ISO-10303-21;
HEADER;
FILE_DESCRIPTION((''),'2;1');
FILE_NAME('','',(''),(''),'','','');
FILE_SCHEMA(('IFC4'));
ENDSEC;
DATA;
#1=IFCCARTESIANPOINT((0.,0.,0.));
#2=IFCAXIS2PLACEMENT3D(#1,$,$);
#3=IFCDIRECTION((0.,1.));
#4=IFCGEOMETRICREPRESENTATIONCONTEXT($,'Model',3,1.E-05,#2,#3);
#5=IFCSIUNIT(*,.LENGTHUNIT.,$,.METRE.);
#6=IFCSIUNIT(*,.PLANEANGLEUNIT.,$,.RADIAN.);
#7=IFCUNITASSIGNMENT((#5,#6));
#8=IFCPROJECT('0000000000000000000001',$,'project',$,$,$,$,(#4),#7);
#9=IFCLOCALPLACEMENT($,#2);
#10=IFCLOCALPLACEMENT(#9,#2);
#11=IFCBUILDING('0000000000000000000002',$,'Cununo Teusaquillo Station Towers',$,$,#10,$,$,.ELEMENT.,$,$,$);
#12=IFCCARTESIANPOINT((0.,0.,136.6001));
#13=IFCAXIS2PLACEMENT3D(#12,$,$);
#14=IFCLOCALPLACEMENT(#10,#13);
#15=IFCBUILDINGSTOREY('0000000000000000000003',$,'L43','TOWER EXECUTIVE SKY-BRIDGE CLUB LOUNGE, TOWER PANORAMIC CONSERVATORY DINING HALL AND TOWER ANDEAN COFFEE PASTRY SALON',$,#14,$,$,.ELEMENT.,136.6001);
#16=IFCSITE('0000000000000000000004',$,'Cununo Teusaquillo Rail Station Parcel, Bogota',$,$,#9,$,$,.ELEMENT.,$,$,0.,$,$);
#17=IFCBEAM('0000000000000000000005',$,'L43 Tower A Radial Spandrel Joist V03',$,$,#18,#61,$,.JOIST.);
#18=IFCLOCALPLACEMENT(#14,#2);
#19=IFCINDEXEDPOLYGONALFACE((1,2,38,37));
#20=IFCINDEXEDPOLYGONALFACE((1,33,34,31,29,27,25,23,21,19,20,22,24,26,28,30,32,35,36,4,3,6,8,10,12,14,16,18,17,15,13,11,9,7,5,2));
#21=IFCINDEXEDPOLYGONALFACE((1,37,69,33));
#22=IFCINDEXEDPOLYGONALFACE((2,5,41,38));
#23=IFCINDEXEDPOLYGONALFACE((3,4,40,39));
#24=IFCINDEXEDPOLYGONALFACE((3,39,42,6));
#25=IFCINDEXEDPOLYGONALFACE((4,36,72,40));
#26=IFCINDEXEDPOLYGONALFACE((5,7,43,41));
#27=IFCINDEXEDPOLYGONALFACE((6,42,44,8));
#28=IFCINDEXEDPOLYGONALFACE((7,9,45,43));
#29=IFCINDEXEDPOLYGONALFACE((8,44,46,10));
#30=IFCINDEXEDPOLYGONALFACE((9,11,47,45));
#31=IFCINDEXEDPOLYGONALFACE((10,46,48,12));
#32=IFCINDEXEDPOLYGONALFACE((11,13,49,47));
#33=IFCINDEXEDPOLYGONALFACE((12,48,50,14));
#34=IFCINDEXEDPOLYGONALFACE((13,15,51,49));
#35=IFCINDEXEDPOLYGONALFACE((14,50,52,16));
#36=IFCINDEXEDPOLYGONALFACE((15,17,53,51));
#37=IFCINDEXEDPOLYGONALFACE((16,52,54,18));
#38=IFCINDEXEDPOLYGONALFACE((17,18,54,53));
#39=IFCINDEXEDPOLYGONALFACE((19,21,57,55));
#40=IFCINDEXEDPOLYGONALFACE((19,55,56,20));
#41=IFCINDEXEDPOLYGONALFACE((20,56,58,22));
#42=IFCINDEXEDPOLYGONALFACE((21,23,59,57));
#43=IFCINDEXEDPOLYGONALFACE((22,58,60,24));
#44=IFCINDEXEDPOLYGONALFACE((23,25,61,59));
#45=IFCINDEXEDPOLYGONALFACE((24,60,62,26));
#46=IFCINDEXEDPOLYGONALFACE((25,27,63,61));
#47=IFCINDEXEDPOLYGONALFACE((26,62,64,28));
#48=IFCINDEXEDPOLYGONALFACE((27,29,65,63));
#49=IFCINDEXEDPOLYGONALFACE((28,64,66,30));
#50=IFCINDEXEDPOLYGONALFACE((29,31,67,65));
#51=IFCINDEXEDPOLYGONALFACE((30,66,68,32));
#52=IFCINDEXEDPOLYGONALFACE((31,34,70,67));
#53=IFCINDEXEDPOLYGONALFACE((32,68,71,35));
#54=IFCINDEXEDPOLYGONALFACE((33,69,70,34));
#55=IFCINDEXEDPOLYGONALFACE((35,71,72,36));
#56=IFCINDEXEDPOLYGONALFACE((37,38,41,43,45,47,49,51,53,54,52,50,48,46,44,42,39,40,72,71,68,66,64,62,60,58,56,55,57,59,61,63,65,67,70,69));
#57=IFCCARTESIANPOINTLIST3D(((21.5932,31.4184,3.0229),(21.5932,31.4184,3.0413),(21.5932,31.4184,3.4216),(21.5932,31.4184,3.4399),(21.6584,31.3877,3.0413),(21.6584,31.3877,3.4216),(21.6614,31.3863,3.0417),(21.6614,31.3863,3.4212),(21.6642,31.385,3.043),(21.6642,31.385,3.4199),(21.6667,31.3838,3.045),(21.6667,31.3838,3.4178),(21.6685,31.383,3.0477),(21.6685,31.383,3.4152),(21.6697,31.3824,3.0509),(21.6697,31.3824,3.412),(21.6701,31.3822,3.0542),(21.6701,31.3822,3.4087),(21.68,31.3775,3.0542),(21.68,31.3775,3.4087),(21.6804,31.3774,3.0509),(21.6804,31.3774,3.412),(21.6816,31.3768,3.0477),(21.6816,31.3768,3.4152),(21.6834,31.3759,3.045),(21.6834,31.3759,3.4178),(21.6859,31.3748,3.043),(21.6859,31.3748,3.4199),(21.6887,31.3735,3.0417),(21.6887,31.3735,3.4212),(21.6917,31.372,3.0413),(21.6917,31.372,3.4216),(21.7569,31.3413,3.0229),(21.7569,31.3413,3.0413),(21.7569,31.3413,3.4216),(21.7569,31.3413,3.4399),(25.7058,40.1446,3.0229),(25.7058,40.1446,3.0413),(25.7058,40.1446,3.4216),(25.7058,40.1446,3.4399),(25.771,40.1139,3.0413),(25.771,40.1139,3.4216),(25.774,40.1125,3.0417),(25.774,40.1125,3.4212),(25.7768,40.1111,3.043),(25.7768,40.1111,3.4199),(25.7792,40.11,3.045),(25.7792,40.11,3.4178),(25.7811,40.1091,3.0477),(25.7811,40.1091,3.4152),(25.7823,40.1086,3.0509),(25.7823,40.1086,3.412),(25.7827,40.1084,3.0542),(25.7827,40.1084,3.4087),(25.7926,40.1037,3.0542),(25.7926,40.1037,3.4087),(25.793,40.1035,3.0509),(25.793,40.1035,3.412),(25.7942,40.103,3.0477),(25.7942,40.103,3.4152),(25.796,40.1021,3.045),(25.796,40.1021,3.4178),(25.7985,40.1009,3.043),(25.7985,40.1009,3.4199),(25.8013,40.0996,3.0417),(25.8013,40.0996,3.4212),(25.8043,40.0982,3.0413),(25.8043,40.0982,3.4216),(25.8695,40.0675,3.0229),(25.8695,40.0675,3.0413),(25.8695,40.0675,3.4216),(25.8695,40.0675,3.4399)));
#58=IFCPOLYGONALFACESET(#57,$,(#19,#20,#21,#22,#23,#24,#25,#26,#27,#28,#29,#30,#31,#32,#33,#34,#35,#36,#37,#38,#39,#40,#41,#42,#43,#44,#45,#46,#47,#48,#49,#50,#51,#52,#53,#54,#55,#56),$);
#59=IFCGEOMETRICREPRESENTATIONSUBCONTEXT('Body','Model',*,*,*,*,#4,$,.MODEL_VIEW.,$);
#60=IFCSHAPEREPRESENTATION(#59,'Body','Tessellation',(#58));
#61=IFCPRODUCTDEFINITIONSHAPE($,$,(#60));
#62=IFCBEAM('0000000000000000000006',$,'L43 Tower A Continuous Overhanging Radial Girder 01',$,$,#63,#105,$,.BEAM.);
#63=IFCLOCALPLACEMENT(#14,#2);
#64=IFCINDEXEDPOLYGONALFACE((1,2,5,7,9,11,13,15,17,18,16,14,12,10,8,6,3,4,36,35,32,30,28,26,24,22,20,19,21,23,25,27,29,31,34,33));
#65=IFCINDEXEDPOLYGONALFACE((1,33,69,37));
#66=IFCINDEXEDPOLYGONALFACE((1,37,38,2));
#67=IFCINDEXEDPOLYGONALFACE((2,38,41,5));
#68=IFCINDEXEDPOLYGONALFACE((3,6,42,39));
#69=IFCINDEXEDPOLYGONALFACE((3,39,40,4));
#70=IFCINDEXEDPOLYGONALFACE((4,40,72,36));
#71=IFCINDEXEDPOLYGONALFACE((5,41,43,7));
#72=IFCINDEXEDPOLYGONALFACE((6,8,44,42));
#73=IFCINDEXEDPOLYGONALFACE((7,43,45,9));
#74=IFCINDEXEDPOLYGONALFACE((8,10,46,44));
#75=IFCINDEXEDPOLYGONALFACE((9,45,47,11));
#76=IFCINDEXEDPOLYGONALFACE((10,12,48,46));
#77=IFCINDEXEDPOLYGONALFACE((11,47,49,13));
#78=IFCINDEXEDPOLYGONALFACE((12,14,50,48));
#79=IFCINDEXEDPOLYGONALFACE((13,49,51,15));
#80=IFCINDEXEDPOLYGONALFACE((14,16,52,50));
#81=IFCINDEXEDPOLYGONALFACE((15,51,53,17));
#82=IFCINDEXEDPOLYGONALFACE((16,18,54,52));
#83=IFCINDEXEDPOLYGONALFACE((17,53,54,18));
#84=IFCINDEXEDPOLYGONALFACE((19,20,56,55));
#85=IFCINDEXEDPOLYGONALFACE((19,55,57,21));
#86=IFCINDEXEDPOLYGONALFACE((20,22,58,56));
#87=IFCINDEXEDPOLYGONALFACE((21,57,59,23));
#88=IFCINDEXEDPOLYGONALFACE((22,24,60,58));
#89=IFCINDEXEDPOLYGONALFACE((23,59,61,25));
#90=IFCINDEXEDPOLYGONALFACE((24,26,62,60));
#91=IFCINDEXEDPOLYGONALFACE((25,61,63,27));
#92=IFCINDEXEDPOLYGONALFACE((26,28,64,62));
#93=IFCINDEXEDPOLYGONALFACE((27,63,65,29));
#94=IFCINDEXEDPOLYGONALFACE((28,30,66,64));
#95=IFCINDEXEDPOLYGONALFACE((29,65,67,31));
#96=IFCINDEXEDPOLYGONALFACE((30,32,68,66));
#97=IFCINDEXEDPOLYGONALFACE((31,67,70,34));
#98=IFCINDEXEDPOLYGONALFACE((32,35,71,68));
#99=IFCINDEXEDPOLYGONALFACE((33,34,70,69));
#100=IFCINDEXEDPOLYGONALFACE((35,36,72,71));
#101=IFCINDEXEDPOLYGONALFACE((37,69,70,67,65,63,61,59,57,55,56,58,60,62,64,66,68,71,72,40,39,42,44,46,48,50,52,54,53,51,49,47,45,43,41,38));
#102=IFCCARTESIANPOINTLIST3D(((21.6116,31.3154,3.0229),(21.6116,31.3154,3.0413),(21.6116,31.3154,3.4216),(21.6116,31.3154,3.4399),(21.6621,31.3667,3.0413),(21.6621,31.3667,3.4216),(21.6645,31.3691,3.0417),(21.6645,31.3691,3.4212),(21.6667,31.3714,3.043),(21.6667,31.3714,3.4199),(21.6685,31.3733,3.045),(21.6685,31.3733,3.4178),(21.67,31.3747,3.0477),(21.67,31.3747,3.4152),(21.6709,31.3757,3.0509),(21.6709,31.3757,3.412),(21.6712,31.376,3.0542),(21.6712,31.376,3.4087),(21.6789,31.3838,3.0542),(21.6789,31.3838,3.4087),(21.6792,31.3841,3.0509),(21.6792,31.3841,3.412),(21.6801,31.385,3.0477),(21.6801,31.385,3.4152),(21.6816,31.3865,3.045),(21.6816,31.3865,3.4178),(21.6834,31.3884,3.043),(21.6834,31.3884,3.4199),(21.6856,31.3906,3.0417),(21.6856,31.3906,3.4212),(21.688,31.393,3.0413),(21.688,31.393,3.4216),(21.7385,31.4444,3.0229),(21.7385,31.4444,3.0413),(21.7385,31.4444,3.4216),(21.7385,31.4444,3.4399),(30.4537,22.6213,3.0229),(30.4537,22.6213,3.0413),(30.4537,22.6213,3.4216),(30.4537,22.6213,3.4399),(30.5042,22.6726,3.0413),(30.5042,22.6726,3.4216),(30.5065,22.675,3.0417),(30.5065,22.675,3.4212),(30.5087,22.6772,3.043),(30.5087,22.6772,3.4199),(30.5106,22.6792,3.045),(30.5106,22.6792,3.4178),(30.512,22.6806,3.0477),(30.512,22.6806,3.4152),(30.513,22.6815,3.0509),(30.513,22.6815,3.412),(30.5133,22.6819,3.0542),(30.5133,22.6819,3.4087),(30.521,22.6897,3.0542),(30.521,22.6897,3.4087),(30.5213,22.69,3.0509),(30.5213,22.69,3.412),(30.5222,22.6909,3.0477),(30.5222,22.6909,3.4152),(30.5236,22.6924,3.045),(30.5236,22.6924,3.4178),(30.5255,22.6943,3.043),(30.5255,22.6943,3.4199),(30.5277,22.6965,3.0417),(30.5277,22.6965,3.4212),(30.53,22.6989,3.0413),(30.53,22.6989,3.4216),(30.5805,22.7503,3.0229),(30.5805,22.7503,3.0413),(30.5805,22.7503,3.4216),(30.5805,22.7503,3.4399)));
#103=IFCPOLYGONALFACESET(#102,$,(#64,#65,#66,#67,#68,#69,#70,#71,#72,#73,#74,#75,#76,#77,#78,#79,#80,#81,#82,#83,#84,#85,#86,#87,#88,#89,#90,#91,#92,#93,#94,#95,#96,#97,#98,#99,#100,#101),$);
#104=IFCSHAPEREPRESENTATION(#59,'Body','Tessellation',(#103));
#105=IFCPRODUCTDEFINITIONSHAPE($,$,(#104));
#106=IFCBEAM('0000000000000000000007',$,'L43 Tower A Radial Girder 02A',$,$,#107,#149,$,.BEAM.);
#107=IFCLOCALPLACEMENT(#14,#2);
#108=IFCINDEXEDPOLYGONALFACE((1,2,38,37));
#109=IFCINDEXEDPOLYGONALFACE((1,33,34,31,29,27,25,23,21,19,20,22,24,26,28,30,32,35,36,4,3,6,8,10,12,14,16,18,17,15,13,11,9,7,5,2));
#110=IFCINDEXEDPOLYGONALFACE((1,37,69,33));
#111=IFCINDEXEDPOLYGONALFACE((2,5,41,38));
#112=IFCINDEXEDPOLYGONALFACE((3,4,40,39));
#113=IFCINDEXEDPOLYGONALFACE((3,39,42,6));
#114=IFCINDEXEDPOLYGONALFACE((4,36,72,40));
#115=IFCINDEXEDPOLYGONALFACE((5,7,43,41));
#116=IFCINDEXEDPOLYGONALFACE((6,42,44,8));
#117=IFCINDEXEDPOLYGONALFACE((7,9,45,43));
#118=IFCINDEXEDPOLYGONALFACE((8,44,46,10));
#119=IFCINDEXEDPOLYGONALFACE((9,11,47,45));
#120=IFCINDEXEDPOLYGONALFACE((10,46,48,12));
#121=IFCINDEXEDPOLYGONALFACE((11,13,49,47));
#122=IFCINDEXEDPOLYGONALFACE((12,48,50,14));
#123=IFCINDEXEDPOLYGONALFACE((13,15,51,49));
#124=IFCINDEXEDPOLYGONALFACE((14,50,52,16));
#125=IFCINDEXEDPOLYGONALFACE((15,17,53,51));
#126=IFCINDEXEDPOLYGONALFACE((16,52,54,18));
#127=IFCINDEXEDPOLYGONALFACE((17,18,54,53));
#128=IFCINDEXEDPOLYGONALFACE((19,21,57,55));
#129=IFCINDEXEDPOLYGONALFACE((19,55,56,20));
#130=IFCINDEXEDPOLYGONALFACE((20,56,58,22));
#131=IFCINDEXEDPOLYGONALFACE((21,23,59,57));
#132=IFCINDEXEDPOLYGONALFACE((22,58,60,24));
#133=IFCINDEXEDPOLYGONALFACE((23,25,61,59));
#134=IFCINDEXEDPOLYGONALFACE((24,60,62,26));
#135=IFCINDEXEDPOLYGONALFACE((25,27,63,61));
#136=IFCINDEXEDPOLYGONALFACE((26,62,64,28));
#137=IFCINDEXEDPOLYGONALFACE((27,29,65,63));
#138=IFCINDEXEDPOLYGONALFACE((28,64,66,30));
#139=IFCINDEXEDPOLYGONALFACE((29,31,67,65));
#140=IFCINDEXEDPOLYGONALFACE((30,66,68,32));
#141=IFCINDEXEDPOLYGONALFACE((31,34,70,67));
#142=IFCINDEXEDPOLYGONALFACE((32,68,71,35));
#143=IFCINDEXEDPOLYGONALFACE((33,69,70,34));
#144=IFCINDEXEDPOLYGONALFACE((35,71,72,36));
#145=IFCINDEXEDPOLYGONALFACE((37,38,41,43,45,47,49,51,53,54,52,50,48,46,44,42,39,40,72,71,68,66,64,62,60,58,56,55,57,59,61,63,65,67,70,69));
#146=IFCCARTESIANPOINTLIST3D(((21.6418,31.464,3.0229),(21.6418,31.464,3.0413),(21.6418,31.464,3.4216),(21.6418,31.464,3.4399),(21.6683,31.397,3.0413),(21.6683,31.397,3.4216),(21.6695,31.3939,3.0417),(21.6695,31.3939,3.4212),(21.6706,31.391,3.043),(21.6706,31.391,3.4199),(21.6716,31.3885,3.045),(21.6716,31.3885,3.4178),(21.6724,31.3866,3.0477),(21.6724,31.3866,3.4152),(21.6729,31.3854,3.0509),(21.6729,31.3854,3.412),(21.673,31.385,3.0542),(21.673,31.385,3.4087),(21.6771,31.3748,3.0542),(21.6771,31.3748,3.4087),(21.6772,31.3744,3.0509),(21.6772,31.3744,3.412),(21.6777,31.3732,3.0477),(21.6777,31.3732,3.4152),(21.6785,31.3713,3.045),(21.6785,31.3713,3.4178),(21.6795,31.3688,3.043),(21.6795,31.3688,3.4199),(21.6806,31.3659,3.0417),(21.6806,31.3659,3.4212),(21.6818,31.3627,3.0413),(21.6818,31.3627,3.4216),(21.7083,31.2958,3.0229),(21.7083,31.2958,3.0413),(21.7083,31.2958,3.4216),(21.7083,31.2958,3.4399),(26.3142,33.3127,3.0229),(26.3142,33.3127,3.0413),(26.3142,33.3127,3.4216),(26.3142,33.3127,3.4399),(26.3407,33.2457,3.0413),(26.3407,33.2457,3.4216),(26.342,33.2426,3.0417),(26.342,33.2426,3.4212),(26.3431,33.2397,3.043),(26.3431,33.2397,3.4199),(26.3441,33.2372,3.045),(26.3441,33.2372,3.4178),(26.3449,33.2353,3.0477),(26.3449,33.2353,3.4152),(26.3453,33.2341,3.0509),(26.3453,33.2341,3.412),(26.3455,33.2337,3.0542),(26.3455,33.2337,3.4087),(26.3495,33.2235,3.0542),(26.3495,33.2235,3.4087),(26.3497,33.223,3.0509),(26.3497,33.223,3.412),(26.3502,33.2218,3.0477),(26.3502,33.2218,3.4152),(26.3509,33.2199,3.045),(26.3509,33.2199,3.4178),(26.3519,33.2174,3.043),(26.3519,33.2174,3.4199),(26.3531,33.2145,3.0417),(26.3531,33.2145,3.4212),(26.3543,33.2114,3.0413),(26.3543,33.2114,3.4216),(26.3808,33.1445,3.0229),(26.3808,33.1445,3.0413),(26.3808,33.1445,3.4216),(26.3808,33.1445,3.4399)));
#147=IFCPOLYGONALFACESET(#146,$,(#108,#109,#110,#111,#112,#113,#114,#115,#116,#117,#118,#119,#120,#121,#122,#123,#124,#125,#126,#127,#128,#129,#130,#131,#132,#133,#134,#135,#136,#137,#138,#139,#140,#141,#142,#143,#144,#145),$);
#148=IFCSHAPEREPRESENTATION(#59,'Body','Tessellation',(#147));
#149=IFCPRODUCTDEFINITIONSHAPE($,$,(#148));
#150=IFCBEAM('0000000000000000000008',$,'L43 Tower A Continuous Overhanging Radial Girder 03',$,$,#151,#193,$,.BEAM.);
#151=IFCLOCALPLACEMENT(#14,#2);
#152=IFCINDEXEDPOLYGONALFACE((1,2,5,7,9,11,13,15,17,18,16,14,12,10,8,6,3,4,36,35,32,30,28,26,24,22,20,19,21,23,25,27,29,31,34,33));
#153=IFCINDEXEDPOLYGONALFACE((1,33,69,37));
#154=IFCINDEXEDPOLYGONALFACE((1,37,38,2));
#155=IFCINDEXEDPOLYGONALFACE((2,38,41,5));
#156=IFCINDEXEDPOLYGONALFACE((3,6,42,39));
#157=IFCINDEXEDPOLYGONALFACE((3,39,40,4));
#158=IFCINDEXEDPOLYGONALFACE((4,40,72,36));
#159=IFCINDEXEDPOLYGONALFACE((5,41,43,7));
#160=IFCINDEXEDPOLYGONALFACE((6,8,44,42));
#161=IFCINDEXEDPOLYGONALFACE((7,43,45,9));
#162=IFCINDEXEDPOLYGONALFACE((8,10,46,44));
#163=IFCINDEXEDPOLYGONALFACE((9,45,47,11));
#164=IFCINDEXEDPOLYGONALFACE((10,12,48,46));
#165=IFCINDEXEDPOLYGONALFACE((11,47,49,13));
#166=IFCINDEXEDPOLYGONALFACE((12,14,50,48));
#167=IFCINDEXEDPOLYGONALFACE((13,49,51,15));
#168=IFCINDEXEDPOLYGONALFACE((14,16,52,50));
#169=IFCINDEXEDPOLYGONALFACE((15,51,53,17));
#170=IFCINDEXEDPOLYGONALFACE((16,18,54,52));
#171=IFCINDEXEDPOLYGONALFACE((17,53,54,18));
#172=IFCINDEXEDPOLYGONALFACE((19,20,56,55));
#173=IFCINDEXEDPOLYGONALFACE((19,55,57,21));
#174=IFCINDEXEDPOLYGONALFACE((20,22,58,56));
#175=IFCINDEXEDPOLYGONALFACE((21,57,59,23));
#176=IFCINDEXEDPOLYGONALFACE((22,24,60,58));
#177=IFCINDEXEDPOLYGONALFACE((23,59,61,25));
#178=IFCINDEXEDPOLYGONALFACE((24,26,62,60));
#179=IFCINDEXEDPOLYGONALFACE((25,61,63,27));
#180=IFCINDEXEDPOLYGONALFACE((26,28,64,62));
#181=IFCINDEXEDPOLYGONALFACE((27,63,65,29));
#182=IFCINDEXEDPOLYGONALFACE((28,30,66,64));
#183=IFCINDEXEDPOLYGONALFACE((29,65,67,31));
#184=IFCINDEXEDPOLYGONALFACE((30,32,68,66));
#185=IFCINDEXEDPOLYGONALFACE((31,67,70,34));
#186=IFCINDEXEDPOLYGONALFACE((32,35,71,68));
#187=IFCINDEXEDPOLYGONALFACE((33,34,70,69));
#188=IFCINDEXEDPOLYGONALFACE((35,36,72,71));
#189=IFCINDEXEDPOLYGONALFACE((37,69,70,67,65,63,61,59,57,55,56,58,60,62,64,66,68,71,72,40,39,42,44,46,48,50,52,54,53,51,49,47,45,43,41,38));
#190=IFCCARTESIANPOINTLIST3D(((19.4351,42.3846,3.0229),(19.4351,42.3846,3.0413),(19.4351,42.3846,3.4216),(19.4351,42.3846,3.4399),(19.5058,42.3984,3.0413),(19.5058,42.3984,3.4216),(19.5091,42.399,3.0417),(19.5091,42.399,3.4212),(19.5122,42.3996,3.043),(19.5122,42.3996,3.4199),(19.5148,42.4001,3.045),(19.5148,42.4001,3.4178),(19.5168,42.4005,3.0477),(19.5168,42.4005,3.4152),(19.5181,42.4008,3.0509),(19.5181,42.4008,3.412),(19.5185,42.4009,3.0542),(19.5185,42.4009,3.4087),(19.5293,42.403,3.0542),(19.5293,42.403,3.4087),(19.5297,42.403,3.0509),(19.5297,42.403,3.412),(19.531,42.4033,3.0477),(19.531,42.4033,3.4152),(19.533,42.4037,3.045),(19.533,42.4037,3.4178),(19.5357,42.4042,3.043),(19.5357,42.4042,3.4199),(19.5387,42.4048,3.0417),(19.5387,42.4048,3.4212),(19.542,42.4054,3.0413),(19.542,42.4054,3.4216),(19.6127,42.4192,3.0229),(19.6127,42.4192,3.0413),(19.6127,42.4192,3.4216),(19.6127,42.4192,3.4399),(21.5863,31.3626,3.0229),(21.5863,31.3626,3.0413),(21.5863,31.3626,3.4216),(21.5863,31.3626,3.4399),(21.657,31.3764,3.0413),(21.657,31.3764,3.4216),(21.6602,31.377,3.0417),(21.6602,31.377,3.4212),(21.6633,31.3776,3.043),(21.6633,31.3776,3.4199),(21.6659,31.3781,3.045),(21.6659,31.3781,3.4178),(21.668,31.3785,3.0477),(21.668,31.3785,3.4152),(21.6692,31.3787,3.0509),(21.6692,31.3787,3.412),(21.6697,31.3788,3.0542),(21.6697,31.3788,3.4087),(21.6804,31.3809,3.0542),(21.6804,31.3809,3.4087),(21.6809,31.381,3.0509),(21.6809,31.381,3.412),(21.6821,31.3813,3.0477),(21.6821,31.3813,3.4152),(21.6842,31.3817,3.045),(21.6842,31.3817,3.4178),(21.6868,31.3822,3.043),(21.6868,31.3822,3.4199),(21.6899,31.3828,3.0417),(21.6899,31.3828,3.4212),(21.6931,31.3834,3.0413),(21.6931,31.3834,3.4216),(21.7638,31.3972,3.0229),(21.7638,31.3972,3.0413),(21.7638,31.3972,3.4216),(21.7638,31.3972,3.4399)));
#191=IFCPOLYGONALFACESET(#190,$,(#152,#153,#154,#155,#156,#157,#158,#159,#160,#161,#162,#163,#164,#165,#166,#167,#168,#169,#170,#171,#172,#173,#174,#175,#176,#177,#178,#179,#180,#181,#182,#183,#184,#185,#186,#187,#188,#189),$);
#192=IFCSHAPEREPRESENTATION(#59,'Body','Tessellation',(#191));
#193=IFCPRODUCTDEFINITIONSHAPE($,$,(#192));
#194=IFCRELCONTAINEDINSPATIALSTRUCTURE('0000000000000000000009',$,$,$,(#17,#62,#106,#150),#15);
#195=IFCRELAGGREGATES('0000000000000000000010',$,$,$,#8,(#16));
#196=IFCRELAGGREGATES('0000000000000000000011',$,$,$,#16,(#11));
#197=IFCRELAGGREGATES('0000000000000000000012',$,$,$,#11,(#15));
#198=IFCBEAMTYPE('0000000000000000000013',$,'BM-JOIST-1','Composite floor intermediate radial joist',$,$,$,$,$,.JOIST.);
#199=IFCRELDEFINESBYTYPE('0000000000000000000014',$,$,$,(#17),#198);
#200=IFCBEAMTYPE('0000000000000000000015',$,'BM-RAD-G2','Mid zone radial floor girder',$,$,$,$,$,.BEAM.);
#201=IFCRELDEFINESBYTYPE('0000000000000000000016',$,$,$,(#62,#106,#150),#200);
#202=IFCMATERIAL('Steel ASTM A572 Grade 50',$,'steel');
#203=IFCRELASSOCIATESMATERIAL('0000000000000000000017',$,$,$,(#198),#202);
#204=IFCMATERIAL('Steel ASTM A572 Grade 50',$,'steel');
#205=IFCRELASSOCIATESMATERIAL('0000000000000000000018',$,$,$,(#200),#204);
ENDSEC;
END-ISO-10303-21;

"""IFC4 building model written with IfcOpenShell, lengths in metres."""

from ifc_helpers import new_model, si_unit, direction, frame, origin, origin_2d, place, context, subcontext, project, spatial, i_section, extrude, material, material_profile, profile_set, type_object, element, save


model = new_model("IFC4")

# Units and contexts
model_context = context("Model", 3, precision=1e-05, world=origin(), true_north=direction((0.0, 1.0)))
body_context = subcontext(model_context, "Body", "Model", "MODEL_VIEW")
ifc_project = project(units=[si_unit("LENGTHUNIT", "METRE"), si_unit("PLANEANGLEUNIT", "RADIAN")], contexts=[model_context])

# Site, building, storey
site_placement = place(None, origin())
site = spatial("IfcSite", under=ifc_project, at=site_placement, Name="Cununo Teusaquillo Rail Station Parcel, Bogota", CompositionType="ELEMENT", RefElevation=0.0)
building_placement = place(site_placement, origin())
building = spatial("IfcBuilding", under=site, at=building_placement, Name="Cununo Teusaquillo Station Towers", CompositionType="ELEMENT")
storey_placement = place(building_placement, frame((0.0, 0.0, 136.6001)))
storey = spatial("IfcBuildingStorey", under=building, at=storey_placement, Name="L43", Description="TOWER EXECUTIVE SKY-BRIDGE CLUB LOUNGE, TOWER PANORAMIC CONSERVATORY DINING HALL AND TOWER ANDEAN COFFEE PASTRY SALON", CompositionType="ELEMENT", Elevation=136.6001)

# Beams
ifc_material_1 = material(Name="Steel ASTM A572 Grade 50", Category="steel")
ifc_material_profile_1 = material_profile(ifc_material_1, i_section(OverallWidth=0.1809, OverallDepth=0.417, WebThickness=0.011, FlangeThickness=0.0183, FilletRadius=0.0129, at=origin_2d()), Name="W16X57")
ifc_profile_set_1 = profile_set([ifc_material_profile_1], Name="Steel ASTM A572 Grade 50")
beam_type_1 = type_object("IfcBeamType", Name="BM-JOIST-1", Description="Composite floor intermediate radial joist", PredefinedType="JOIST", material=ifc_profile_set_1)
beam_1_placement = place(storey_placement, frame((21.675, 31.3799, 3.2314), z_axis=(0.42632, 0.904572, 0.0), x_axis=(-0.904572, 0.42632, 0.0)))
element("IfcBeam", 1, at=beam_1_placement, inside=storey, type_object=beam_type_1, Name="L43 Tower A Radial Spandrel Joist V03", PredefinedType="JOIST", context=body_context, shape_type="SweptSolid", body=[
    extrude(i_section(OverallWidth=0.1809, OverallDepth=0.417, WebThickness=0.011, FlangeThickness=0.0183, FilletRadius=0.0129, at=origin_2d()), origin(), (0.0, 0.0, 1.0), 9.6467),
])
ifc_material_2 = material(Name="Steel ASTM A572 Grade 50", Category="steel")
ifc_material_profile_2 = material_profile(ifc_material_2, i_section(OverallWidth=0.1809, OverallDepth=0.417, WebThickness=0.011, FlangeThickness=0.0183, FilletRadius=0.0129, at=origin_2d()), Name="W16X57")
ifc_profile_set_2 = profile_set([ifc_material_profile_2], Name="Steel ASTM A572 Grade 50")
beam_type_2 = type_object("IfcBeamType", Name="BM-RAD-G2", Description="Mid zone radial floor girder", PredefinedType="BEAM", material=ifc_profile_set_2)
beam_2_placement = place(storey_placement, frame((21.675, 31.3799, 3.2314), z_axis=(0.713047, -0.701116, 0.0), x_axis=(0.701116, 0.713047, 0.0)))
element("IfcBeam", 2, at=beam_2_placement, inside=storey, type_object=beam_type_2, Name="L43 Tower A Continuous Overhanging Radial Girder 01", PredefinedType="BEAM", context=body_context, shape_type="SweptSolid", body=[
    extrude(i_section(OverallWidth=0.1809, OverallDepth=0.417, WebThickness=0.011, FlangeThickness=0.0183, FilletRadius=0.0129, at=origin_2d()), origin(), (0.0, 0.0, 1.0), 12.4004),
])
beam_3_placement = place(storey_placement, frame((21.675, 31.3799, 3.2314), z_axis=(0.929864, 0.367903, 0.0), x_axis=(-0.367903, 0.929864, 0.0)))
element("IfcBeam", 3, at=beam_3_placement, inside=storey, type_object=beam_type_2, Name="L43 Tower A Radial Girder 02A", PredefinedType="BEAM", context=body_context, shape_type="SweptSolid", body=[
    extrude(i_section(OverallWidth=0.1809, OverallDepth=0.417, WebThickness=0.011, FlangeThickness=0.0183, FilletRadius=0.0129, at=origin_2d()), origin(), (0.0, 0.0, 1.0), 5.0249),
])
beam_4_placement = place(storey_placement, frame((21.675, 31.3799, 3.2314), z_axis=(-0.191553, 0.981482, 0.0), x_axis=(-0.981482, -0.191553, 0.0)))
element("IfcBeam", 4, at=beam_4_placement, inside=storey, type_object=beam_type_2, Name="L43 Tower A Continuous Overhanging Radial Girder 03", PredefinedType="BEAM", context=body_context, shape_type="SweptSolid", body=[
    extrude(i_section(OverallWidth=0.1809, OverallDepth=0.417, WebThickness=0.011, FlangeThickness=0.0183, FilletRadius=0.0129, at=origin_2d()), origin(), (0.0, 0.0, 1.0), 11.23),
])

save(model, "model.ifc")
